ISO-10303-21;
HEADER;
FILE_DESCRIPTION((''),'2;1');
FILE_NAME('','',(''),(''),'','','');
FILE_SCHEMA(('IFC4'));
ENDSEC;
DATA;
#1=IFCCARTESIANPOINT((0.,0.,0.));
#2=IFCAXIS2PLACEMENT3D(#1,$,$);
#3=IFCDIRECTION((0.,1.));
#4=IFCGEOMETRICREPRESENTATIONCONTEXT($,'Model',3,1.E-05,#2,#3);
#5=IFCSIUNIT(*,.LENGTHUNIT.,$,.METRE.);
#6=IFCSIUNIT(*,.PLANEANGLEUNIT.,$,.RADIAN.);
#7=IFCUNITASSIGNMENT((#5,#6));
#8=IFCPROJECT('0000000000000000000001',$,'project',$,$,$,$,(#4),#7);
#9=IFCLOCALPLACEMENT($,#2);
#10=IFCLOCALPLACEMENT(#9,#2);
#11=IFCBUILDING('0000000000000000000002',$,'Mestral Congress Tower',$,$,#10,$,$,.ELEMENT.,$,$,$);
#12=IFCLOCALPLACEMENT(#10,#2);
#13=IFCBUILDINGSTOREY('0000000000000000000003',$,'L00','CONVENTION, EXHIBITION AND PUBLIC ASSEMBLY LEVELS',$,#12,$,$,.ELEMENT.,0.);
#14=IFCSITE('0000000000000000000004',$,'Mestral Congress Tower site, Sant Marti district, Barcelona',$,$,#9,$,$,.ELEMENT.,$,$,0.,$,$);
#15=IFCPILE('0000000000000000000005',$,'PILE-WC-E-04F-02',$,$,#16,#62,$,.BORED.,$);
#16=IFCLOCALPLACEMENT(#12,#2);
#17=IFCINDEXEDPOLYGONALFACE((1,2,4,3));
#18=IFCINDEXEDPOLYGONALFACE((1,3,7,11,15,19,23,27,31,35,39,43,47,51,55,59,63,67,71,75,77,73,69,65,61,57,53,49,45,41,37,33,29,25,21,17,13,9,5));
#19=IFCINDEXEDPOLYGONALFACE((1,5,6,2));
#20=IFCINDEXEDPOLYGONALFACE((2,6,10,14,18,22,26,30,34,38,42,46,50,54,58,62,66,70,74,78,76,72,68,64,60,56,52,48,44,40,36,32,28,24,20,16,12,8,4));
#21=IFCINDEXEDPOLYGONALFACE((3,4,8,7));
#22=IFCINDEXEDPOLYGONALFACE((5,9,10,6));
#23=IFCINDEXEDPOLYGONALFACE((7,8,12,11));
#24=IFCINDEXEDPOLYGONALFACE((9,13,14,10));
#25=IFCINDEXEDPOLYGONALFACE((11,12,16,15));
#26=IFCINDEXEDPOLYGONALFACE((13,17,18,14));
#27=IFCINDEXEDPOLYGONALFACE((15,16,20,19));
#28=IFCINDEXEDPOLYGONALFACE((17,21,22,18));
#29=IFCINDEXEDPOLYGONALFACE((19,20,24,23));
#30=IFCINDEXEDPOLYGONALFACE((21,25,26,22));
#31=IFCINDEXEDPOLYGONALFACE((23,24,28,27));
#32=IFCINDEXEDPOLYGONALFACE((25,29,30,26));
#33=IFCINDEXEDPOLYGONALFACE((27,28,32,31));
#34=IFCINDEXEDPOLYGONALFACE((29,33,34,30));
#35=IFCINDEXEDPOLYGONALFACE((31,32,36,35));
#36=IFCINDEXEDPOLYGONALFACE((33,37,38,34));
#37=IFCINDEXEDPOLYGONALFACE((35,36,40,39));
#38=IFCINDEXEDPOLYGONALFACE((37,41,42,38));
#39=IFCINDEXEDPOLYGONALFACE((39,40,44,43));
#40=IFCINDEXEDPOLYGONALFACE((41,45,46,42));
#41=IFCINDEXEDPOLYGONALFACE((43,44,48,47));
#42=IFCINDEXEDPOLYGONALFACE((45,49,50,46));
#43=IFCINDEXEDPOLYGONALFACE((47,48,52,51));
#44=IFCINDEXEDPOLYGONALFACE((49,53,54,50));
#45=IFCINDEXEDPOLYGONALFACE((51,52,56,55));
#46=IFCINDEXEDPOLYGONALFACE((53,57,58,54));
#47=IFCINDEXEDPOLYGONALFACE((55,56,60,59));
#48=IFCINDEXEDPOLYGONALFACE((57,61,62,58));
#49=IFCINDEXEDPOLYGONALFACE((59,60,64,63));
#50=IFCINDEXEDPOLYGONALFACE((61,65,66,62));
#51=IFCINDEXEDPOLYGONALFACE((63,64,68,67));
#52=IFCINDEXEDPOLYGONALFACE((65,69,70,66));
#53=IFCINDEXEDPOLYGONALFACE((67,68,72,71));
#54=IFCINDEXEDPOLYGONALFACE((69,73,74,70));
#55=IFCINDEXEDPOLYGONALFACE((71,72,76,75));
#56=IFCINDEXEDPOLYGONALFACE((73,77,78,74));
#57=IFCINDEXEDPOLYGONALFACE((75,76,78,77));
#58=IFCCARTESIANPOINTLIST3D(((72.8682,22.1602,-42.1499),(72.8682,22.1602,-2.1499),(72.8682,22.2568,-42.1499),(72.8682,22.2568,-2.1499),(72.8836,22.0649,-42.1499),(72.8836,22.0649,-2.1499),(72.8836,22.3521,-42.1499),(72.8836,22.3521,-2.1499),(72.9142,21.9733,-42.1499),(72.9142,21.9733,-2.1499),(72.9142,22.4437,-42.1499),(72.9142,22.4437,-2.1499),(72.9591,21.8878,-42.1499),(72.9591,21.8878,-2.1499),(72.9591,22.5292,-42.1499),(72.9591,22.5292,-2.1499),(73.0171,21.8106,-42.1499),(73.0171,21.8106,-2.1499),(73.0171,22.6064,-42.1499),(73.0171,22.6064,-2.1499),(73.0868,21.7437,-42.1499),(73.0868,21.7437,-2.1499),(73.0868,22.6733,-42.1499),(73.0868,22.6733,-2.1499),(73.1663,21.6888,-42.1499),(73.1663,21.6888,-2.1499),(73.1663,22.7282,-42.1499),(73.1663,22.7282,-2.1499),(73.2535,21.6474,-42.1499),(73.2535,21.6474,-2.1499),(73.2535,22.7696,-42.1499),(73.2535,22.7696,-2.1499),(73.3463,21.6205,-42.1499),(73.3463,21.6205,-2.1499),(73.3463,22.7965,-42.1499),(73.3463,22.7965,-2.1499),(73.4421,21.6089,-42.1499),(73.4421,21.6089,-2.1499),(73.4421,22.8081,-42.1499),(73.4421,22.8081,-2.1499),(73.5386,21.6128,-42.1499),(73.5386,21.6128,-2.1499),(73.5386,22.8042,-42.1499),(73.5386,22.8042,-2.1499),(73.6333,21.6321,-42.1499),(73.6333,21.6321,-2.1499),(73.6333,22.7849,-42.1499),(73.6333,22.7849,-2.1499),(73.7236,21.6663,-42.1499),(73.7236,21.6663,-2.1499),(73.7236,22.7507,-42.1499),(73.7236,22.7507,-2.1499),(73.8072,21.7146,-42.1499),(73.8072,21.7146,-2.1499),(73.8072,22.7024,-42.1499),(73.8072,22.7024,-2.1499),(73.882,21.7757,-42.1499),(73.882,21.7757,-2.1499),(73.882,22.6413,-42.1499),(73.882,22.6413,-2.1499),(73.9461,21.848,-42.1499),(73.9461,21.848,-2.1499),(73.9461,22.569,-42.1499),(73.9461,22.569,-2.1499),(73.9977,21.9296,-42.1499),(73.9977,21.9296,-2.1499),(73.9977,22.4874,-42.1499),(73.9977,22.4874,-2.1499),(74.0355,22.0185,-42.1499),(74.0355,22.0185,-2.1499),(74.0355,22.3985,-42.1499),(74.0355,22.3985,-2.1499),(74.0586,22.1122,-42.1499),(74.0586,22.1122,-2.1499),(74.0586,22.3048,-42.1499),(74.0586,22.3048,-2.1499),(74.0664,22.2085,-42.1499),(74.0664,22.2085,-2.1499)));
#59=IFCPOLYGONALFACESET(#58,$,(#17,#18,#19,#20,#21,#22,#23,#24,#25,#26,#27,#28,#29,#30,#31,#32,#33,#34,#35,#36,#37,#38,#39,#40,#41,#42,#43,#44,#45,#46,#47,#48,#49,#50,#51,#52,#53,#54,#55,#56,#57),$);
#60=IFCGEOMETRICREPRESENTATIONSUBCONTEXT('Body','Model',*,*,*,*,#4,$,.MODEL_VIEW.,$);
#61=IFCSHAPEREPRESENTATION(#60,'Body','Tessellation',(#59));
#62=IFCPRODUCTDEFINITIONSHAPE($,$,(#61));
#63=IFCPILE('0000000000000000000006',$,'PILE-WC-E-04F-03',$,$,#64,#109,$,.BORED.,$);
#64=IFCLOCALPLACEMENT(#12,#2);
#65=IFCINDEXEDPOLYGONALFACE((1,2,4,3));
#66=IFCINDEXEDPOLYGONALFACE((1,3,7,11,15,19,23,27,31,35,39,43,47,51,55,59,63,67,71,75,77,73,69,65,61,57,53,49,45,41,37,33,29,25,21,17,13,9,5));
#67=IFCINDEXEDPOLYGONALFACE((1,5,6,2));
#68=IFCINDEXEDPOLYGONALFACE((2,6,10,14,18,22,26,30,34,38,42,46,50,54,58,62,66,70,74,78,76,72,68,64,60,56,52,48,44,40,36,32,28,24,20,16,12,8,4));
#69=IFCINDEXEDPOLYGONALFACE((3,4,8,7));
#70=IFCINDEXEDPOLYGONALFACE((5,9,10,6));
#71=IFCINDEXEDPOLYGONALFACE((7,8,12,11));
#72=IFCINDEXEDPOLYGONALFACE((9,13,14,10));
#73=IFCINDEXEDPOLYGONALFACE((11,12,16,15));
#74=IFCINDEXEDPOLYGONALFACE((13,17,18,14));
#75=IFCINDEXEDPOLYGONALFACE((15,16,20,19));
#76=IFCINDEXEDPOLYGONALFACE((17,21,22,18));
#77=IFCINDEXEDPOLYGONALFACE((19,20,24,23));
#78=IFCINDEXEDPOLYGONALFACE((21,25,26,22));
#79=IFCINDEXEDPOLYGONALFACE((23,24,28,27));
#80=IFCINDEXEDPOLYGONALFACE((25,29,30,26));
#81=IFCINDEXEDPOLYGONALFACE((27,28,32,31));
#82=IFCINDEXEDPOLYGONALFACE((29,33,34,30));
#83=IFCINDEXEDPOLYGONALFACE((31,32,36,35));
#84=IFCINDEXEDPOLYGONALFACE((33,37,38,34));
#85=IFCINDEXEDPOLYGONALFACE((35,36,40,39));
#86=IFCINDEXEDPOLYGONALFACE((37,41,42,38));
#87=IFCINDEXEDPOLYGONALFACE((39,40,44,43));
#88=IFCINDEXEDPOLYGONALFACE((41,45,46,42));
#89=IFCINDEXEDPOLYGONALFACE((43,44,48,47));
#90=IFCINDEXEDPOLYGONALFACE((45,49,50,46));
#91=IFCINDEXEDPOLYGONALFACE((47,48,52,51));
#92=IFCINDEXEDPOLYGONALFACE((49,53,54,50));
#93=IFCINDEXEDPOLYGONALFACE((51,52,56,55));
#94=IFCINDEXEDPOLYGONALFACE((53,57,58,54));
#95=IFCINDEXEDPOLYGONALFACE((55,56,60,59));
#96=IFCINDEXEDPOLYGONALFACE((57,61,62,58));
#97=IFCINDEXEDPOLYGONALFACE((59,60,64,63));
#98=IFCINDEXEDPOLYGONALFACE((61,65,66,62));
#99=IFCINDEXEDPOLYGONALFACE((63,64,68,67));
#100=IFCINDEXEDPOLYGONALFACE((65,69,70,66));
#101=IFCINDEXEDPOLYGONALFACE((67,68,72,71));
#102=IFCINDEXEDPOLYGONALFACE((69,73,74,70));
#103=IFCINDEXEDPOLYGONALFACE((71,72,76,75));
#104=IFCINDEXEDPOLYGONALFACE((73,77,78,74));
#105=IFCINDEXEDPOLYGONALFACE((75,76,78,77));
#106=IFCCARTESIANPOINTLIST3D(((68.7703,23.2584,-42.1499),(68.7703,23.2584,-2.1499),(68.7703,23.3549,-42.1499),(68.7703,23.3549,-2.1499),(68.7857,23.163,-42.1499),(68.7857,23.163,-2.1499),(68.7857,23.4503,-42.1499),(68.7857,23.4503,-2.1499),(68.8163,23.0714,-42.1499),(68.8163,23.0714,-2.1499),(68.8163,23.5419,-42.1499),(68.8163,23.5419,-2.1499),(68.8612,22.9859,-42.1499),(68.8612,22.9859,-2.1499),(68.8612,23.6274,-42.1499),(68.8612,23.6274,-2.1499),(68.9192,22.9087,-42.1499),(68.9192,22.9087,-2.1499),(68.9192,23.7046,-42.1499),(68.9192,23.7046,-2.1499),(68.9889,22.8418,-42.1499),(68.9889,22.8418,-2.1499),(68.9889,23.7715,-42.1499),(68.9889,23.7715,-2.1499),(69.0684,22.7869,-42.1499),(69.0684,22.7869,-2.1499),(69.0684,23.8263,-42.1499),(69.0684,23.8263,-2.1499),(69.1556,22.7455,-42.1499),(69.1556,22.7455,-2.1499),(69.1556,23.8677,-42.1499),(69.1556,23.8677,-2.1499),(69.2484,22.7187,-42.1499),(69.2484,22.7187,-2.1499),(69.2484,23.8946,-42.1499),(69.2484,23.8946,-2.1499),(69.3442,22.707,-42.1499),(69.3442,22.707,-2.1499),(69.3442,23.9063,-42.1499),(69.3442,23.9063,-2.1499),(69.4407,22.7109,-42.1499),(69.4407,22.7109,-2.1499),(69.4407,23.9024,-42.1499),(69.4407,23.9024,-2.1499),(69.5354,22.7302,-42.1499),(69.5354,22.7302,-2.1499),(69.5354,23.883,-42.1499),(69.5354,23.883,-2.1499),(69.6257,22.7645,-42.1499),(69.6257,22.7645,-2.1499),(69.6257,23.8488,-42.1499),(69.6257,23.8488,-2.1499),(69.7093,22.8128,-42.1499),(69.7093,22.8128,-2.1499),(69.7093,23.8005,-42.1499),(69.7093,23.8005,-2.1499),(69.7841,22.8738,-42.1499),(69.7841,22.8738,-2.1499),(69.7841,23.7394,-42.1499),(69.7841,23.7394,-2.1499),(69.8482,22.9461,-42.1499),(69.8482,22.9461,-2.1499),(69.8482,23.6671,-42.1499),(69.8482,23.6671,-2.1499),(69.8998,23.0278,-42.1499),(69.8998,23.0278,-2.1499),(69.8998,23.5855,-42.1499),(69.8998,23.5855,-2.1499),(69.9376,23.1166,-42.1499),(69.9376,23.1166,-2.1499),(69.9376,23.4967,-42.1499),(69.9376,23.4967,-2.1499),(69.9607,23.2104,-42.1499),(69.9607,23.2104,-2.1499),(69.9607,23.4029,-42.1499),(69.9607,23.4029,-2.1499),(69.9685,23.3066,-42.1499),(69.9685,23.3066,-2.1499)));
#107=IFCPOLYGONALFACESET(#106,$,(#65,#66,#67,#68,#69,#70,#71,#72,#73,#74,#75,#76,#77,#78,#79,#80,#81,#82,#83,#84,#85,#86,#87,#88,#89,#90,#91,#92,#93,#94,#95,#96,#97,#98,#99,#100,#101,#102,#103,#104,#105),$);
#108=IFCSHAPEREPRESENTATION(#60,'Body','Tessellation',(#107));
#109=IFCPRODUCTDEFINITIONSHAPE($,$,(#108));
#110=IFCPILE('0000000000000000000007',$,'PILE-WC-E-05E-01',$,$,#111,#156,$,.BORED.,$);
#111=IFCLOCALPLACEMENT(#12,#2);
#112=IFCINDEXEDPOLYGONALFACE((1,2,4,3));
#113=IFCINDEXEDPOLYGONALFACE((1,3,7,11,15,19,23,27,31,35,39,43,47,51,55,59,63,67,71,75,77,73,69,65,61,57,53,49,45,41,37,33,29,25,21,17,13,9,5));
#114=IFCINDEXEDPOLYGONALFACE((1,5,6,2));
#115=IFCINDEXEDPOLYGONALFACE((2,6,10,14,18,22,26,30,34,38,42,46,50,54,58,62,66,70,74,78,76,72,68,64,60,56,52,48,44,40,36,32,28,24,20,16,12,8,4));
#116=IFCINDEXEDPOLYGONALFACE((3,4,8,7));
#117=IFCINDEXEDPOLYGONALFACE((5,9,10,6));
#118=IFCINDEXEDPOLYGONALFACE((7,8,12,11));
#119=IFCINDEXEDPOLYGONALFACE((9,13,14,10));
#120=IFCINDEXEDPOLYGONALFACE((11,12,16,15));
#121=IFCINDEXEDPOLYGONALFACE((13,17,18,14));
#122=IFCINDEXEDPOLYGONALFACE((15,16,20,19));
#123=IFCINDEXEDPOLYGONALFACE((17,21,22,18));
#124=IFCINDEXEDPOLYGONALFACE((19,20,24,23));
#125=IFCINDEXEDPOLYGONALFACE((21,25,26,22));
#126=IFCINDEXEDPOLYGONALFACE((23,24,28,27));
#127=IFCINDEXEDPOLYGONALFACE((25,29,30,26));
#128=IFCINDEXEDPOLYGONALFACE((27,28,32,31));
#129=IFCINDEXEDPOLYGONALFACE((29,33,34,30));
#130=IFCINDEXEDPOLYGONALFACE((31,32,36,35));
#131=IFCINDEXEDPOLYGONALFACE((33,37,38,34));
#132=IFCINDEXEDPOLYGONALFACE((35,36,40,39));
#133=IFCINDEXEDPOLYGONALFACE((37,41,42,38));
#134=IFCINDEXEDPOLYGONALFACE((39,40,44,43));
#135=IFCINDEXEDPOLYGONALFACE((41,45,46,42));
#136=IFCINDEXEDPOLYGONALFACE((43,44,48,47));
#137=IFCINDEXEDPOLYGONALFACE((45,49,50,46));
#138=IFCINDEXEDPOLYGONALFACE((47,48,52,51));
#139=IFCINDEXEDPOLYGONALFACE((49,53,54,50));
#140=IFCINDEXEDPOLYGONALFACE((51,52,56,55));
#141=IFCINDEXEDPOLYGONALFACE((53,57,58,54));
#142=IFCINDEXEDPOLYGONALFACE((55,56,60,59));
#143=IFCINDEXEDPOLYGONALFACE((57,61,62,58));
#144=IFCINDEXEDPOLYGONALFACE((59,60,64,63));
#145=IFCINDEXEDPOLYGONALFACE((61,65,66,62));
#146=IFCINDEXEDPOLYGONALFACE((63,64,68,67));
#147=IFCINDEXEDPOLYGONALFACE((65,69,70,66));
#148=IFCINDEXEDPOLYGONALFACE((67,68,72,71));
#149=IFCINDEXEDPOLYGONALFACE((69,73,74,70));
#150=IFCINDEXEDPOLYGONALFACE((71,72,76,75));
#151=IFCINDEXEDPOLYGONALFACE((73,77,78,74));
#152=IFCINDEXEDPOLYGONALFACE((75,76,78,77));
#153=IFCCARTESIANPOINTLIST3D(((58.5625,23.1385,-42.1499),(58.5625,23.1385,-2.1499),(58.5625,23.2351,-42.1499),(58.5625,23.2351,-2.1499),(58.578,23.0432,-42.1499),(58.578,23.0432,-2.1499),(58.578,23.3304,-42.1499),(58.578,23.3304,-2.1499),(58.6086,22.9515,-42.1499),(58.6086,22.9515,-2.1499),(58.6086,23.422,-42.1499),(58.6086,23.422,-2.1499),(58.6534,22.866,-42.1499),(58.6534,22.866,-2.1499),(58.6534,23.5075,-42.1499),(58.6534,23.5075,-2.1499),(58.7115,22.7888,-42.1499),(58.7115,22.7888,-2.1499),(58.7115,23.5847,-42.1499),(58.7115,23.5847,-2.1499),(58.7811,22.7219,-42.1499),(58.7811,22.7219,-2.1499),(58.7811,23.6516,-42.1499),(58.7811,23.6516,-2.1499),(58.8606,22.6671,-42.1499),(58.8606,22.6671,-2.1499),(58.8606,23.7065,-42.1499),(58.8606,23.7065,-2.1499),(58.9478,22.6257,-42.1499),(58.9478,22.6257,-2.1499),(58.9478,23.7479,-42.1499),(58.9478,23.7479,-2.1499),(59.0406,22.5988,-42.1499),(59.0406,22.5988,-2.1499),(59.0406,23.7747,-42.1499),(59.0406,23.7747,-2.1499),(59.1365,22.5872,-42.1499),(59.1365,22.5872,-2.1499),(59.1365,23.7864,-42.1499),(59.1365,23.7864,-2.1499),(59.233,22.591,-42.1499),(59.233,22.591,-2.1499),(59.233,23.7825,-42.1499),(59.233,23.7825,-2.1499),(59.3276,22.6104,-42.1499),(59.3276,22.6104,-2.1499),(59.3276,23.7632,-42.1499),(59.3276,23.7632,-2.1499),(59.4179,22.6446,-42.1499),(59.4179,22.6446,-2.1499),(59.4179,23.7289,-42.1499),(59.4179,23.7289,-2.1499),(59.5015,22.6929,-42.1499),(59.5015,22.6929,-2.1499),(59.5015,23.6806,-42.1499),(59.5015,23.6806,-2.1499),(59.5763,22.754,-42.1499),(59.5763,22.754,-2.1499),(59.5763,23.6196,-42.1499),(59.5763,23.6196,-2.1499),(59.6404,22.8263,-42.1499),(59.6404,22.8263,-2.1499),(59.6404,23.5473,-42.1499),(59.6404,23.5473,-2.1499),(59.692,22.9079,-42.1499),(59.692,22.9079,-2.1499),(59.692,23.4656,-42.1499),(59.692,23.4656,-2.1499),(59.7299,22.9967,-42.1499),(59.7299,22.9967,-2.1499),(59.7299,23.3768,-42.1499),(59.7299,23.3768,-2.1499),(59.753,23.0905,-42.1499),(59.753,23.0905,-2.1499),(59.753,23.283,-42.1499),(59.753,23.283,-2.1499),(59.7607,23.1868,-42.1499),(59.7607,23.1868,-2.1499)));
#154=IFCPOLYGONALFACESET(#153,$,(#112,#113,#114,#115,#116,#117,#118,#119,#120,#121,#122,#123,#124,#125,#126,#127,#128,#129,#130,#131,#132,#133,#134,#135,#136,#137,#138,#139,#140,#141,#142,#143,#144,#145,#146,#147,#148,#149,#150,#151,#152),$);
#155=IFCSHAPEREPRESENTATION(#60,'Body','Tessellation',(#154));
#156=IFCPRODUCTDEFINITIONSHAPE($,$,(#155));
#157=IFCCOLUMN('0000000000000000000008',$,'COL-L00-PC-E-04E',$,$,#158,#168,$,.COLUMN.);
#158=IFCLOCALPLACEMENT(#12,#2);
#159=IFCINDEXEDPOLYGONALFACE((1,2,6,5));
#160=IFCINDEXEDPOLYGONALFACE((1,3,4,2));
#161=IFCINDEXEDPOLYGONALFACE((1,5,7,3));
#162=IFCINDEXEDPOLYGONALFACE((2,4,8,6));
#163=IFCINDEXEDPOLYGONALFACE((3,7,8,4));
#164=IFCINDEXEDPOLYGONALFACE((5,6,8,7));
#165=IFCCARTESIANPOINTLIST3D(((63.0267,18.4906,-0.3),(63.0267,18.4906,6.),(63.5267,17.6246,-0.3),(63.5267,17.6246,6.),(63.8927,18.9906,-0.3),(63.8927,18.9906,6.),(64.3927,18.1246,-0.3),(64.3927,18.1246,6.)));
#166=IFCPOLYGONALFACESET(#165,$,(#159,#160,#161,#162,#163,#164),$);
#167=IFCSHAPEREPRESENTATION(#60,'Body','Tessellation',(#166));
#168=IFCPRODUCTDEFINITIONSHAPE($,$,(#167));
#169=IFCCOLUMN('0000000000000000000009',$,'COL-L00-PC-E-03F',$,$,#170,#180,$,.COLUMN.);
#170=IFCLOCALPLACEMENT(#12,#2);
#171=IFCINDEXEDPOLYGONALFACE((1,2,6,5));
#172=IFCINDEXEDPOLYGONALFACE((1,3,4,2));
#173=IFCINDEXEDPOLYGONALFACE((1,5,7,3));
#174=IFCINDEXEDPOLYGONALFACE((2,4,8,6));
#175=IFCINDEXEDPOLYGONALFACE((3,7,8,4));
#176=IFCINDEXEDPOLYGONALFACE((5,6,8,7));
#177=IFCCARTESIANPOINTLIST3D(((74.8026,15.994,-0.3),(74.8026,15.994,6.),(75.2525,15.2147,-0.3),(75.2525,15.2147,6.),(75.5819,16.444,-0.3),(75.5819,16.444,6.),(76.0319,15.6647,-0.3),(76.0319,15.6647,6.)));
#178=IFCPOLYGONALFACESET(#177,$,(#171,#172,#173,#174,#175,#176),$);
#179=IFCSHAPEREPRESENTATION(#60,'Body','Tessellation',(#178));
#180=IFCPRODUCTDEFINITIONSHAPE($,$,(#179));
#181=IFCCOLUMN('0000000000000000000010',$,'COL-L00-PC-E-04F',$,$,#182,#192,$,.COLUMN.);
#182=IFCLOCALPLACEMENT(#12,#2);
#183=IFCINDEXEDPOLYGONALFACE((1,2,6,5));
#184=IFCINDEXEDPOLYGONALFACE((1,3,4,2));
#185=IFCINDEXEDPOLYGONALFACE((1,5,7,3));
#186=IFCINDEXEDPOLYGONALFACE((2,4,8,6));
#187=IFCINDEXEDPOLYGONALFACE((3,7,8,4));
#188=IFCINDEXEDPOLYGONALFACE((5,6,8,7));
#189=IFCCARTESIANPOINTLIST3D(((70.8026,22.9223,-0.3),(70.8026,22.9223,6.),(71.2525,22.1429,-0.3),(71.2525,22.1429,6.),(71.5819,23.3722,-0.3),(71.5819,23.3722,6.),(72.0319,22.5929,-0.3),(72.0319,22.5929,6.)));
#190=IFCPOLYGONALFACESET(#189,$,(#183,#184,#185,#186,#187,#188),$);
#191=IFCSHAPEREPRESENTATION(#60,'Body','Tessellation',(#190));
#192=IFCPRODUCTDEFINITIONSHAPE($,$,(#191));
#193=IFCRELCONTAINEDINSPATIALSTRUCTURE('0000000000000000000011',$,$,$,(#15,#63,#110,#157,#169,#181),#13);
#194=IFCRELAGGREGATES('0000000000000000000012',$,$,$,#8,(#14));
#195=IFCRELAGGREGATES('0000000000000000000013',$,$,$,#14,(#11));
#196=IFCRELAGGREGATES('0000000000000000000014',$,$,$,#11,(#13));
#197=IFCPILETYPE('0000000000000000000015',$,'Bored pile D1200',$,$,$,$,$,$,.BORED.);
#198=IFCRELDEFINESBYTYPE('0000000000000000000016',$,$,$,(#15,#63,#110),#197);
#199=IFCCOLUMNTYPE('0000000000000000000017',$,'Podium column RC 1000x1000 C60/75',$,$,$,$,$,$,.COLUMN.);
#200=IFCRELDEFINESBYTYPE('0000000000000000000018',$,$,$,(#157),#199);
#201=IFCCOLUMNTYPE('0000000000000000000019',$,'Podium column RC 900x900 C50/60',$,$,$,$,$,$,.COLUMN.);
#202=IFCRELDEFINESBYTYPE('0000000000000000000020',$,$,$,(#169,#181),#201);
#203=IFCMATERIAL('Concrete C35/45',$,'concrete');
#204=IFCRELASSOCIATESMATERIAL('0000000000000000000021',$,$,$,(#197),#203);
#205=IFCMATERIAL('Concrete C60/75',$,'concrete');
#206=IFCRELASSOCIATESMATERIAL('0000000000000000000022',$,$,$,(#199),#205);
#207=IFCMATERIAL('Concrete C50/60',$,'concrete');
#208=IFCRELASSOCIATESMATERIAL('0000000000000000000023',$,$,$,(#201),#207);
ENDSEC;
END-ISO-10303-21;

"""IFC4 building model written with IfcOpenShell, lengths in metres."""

from ifc_helpers import new_model, si_unit, direction, frame, origin, origin_2d, place, context, subcontext, project, spatial, rectangle, circle, extrude, material, material_profile, profile_set, type_object, element, save


model = new_model("IFC4")

# Units and contexts
model_context = context("Model", 3, precision=1e-05, world=origin(), true_north=direction((0.0, 1.0)))
body_context = subcontext(model_context, "Body", "Model", "MODEL_VIEW")
ifc_project = project(units=[si_unit("LENGTHUNIT", "METRE"), si_unit("PLANEANGLEUNIT", "RADIAN")], contexts=[model_context])

# Site, building, storey
site_placement = place(None, origin())
site = spatial("IfcSite", under=ifc_project, at=site_placement, Name="Mestral Congress Tower site, Sant Marti district, Barcelona", CompositionType="ELEMENT", RefElevation=0.0)
building_placement = place(site_placement, origin())
building = spatial("IfcBuilding", under=site, at=building_placement, Name="Mestral Congress Tower", CompositionType="ELEMENT")
storey_placement = place(building_placement, origin())
storey = spatial("IfcBuildingStorey", under=building, at=storey_placement, Name="L00", Description="CONVENTION, EXHIBITION AND PUBLIC ASSEMBLY LEVELS", CompositionType="ELEMENT", Elevation=0.0)

# Piles
ifc_material_1 = material(Name="Concrete C35/45", Category="concrete")
ifc_material_profile_1 = material_profile(ifc_material_1, circle(Radius=0.6001, at=origin_2d()), Name="D1200")
ifc_profile_set_1 = profile_set([ifc_material_profile_1], Name="Concrete C35/45")
pile_type = type_object("IfcPileType", Name="Bored pile D1200", PredefinedType="BORED", material=ifc_profile_set_1)
for number, where, z_axis, x_axis, name in (
    (1, (73.4663, 22.2085, -2.1499), (0.0, 0.0, -1.0), (1.0, 0.0, 0.0), "PILE-WC-E-04F-02"),
    (2, (69.3684, 23.3066, -2.1499), (0.0, 0.0, -1.0), (1.0, 0.0, 0.0), "PILE-WC-E-04F-03"),
    (3, (59.1606, 23.1868, -2.1499), (0.0, 0.0, -1.0), (1.0, 0.0, 0.0), "PILE-WC-E-05E-01"),
):
    element("IfcPile", number, at=place(storey_placement, frame(where, z_axis=z_axis, x_axis=x_axis)), inside=storey, type_object=pile_type, Name=name, PredefinedType="BORED", context=body_context, shape_type="SweptSolid", body=[
        extrude(circle(Radius=0.6001, at=origin_2d()), origin(), (0.0, 0.0, 1.0), 40.0),
    ])

# Columns
ifc_material_2 = material(Name="Concrete C60/75", Category="concrete")
ifc_material_profile_2 = material_profile(ifc_material_2, rectangle(XDim=1.0, YDim=1.0, at=origin_2d()), Name="RC 1000x1000")
ifc_profile_set_2 = profile_set([ifc_material_profile_2], Name="Concrete C60/75")
column_type_1 = type_object("IfcColumnType", Name="Podium column RC 1000x1000 C60/75", PredefinedType="COLUMN", material=ifc_profile_set_2)
column_placement = place(storey_placement, frame((63.7097, 18.3076, -0.3), z_axis=(0.0, 0.0, 1.0), x_axis=(-0.5, 0.866025, 0.0)))
element("IfcColumn", 4, at=column_placement, inside=storey, type_object=column_type_1, Name="COL-L00-PC-E-04E", PredefinedType="COLUMN", context=body_context, shape_type="SweptSolid", body=[
    extrude(rectangle(XDim=1.0, YDim=1.0, at=origin_2d()), origin(), (0.0, 0.0, 1.0), 6.3),
])
ifc_material_3 = material(Name="Concrete C50/60", Category="concrete")
ifc_material_profile_3 = material_profile(ifc_material_3, rectangle(XDim=0.8999, YDim=0.8999, at=origin_2d()), Name="RC 900x900")
ifc_profile_set_3 = profile_set([ifc_material_profile_3], Name="Concrete C50/60")
column_type_2 = type_object("IfcColumnType", Name="Podium column RC 900x900 C50/60", PredefinedType="COLUMN", material=ifc_profile_set_3)
for number, where, z_axis, x_axis, name in (
    (5, (75.4172, 15.8293, -0.3), (0.0, 0.0, 1.0), (-0.5, 0.866025, 0.0), "COL-L00-PC-E-03F"),
    (6, (71.4172, 22.7576, -0.3), (0.0, 0.0, 1.0), (-0.5, 0.866025, 0.0), "COL-L00-PC-E-04F"),
):
    element("IfcColumn", number, at=place(storey_placement, frame(where, z_axis=z_axis, x_axis=x_axis)), inside=storey, type_object=column_type_2, Name=name, PredefinedType="COLUMN", context=body_context, shape_type="SweptSolid", body=[
        extrude(rectangle(XDim=0.8999, YDim=0.8999, at=origin_2d()), origin(), (0.0, 0.0, 1.0), 6.3),
    ])

save(model, "model.ifc")
